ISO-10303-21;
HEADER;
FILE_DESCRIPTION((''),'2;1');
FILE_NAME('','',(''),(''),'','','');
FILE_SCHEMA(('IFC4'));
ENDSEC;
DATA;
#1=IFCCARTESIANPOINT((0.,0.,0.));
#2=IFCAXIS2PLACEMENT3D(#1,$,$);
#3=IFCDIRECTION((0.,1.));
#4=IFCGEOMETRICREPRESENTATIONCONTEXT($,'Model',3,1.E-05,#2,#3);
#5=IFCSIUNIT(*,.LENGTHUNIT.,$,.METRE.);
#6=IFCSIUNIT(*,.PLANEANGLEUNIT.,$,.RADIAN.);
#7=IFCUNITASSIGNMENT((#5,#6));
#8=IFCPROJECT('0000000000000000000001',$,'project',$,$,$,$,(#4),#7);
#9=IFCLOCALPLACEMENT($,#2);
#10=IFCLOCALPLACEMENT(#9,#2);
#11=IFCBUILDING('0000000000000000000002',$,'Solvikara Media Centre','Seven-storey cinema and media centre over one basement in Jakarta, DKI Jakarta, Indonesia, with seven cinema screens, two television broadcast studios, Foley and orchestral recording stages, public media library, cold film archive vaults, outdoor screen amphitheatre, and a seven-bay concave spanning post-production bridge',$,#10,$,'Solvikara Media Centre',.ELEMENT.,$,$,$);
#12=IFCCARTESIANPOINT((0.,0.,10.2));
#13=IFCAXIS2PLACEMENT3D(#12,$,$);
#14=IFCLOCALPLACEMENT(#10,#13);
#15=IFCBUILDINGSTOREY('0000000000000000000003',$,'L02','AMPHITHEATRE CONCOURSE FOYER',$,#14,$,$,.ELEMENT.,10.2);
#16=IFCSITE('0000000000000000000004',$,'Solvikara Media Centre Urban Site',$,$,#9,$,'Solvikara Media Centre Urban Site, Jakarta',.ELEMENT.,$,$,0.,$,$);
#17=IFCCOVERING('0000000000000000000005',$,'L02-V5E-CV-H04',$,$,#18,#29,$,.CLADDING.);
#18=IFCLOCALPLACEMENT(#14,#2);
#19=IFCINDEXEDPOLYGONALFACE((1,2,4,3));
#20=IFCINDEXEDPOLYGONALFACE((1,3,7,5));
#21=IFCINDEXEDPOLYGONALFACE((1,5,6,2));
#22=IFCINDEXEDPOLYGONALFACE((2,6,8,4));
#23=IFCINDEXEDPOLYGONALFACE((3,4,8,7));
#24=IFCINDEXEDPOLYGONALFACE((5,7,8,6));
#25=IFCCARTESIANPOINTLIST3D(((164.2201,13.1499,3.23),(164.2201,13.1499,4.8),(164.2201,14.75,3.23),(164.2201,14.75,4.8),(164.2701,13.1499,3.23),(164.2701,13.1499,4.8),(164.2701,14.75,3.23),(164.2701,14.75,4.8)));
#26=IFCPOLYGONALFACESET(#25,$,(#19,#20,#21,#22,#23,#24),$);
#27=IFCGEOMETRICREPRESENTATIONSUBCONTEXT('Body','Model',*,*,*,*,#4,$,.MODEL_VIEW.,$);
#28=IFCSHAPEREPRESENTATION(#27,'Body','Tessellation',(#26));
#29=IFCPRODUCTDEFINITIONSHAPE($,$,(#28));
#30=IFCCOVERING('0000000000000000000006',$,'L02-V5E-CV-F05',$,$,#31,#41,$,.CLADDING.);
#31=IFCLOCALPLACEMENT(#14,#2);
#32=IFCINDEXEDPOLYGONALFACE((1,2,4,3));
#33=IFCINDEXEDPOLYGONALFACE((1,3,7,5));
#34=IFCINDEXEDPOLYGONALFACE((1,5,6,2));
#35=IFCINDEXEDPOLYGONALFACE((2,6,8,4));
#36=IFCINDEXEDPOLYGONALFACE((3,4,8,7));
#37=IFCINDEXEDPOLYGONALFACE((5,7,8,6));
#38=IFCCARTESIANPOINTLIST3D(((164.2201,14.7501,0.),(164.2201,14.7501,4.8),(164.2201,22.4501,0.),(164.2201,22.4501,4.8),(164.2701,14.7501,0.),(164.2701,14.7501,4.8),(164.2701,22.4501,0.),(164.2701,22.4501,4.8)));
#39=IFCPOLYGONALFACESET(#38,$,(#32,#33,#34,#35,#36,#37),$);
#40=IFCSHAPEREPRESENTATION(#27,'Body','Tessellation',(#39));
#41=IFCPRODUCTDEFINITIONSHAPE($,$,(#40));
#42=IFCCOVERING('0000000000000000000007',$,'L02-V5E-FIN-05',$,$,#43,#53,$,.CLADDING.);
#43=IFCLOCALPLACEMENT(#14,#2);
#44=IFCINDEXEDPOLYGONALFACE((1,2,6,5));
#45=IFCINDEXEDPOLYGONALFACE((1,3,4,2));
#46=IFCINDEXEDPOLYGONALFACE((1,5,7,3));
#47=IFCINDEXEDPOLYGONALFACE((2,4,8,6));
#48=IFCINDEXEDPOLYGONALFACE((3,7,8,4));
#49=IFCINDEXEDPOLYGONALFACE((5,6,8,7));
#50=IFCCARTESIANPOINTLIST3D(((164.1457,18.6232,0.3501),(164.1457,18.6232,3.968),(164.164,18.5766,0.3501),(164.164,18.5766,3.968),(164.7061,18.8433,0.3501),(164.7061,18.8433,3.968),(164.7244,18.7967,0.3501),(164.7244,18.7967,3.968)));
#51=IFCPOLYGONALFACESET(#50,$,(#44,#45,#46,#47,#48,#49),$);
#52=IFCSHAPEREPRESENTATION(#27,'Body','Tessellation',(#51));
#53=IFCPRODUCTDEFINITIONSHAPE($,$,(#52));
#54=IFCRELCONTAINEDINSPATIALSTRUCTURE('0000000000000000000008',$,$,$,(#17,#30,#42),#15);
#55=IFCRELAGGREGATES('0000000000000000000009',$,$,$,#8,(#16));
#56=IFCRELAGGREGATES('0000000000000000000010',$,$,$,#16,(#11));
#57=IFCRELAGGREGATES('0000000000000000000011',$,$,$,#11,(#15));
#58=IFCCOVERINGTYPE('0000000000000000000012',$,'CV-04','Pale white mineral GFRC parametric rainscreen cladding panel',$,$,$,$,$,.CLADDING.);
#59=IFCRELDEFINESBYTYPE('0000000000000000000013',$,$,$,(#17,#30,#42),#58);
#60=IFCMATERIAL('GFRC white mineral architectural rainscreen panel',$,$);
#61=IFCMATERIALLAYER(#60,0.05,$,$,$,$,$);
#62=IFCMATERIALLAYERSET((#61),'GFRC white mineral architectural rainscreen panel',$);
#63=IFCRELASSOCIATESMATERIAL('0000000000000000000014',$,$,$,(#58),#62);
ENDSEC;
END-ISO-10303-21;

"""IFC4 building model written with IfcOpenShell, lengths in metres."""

from ifc_helpers import new_model, si_unit, direction, frame, origin, origin_2d, place, context, subcontext, project, spatial, rectangle, extrude, material, layer, layer_set, type_object, element, save


model = new_model("IFC4")

# Units and contexts
model_context = context("Model", 3, precision=1e-05, world=origin(), true_north=direction((0.0, 1.0)))
body_context = subcontext(model_context, "Body", "Model", "MODEL_VIEW")
ifc_project = project(units=[si_unit("LENGTHUNIT", "METRE"), si_unit("PLANEANGLEUNIT", "RADIAN")], contexts=[model_context])

# Site, building, storey
site_placement = place(None, origin())
site = spatial("IfcSite", under=ifc_project, at=site_placement, Name="Solvikara Media Centre Urban Site", LongName="Solvikara Media Centre Urban Site, Jakarta", CompositionType="ELEMENT", RefElevation=0.0)
building_placement = place(site_placement, origin())
building = spatial("IfcBuilding", under=site, at=building_placement, Name="Solvikara Media Centre", Description="Seven-storey cinema and media centre over one basement in Jakarta, DKI Jakarta, Indonesia, with seven cinema screens, two television broadcast studios, Foley and orchestral recording stages, public media library, cold film archive vaults, outdoor screen amphitheatre, and a seven-bay concave spanning post-production bridge", LongName="Solvikara Media Centre", CompositionType="ELEMENT")
storey_placement = place(building_placement, frame((0.0, 0.0, 10.2)))
storey = spatial("IfcBuildingStorey", under=building, at=storey_placement, Name="L02", Description="AMPHITHEATRE CONCOURSE FOYER", CompositionType="ELEMENT", Elevation=10.2)

# Coverings
ifc_material_1 = material(Name="GFRC white mineral architectural rainscreen panel")
ifc_layer_1 = layer(ifc_material_1, 0.05)
ifc_layer_set_1 = layer_set([ifc_layer_1], Name="GFRC white mineral architectural rainscreen panel")
covering_type = type_object("IfcCoveringType", Name="CV-04", Description="Pale white mineral GFRC parametric rainscreen cladding panel", PredefinedType="CLADDING", material=ifc_layer_set_1)
covering_1_placement = place(storey_placement, frame((164.2451, 13.95, 3.23), z_axis=(0.0, 0.0, 1.0), x_axis=(0.0, 1.0, 0.0)))
element("IfcCovering", 1, at=covering_1_placement, inside=storey, type_object=covering_type, Name="L02-V5E-CV-H04", PredefinedType="CLADDING", context=body_context, shape_type="SweptSolid", body=[
    extrude(rectangle(XDim=1.6001, YDim=0.05, at=origin_2d()), origin(), (0.0, 0.0, 1.0), 1.5701),
])
covering_2_placement = place(storey_placement, frame((164.2451, 18.6001, 0.0), z_axis=(0.0, 0.0, 1.0), x_axis=(0.0, 1.0, 0.0)))
element("IfcCovering", 2, at=covering_2_placement, inside=storey, type_object=covering_type, Name="L02-V5E-CV-F05", PredefinedType="CLADDING", context=body_context, shape_type="SweptSolid", body=[
    extrude(rectangle(XDim=7.7, YDim=0.05, at=origin_2d()), origin(), (0.0, 0.0, 1.0), 4.8),
])
covering_3_placement = place(storey_placement, frame((164.4351, 18.71, 0.3501), z_axis=(0.0, 0.0, 1.0), x_axis=(0.93075, 0.365657, 0.0)))
element("IfcCovering", 3, at=covering_3_placement, inside=storey, type_object=covering_type, Name="L02-V5E-FIN-05", PredefinedType="CLADDING", context=body_context, shape_type="SweptSolid", body=[
    extrude(rectangle(XDim=0.6021, YDim=0.05, at=origin_2d()), origin(), (0.0, 0.0, 1.0), 3.6179),
])

save(model, "model.ifc")
